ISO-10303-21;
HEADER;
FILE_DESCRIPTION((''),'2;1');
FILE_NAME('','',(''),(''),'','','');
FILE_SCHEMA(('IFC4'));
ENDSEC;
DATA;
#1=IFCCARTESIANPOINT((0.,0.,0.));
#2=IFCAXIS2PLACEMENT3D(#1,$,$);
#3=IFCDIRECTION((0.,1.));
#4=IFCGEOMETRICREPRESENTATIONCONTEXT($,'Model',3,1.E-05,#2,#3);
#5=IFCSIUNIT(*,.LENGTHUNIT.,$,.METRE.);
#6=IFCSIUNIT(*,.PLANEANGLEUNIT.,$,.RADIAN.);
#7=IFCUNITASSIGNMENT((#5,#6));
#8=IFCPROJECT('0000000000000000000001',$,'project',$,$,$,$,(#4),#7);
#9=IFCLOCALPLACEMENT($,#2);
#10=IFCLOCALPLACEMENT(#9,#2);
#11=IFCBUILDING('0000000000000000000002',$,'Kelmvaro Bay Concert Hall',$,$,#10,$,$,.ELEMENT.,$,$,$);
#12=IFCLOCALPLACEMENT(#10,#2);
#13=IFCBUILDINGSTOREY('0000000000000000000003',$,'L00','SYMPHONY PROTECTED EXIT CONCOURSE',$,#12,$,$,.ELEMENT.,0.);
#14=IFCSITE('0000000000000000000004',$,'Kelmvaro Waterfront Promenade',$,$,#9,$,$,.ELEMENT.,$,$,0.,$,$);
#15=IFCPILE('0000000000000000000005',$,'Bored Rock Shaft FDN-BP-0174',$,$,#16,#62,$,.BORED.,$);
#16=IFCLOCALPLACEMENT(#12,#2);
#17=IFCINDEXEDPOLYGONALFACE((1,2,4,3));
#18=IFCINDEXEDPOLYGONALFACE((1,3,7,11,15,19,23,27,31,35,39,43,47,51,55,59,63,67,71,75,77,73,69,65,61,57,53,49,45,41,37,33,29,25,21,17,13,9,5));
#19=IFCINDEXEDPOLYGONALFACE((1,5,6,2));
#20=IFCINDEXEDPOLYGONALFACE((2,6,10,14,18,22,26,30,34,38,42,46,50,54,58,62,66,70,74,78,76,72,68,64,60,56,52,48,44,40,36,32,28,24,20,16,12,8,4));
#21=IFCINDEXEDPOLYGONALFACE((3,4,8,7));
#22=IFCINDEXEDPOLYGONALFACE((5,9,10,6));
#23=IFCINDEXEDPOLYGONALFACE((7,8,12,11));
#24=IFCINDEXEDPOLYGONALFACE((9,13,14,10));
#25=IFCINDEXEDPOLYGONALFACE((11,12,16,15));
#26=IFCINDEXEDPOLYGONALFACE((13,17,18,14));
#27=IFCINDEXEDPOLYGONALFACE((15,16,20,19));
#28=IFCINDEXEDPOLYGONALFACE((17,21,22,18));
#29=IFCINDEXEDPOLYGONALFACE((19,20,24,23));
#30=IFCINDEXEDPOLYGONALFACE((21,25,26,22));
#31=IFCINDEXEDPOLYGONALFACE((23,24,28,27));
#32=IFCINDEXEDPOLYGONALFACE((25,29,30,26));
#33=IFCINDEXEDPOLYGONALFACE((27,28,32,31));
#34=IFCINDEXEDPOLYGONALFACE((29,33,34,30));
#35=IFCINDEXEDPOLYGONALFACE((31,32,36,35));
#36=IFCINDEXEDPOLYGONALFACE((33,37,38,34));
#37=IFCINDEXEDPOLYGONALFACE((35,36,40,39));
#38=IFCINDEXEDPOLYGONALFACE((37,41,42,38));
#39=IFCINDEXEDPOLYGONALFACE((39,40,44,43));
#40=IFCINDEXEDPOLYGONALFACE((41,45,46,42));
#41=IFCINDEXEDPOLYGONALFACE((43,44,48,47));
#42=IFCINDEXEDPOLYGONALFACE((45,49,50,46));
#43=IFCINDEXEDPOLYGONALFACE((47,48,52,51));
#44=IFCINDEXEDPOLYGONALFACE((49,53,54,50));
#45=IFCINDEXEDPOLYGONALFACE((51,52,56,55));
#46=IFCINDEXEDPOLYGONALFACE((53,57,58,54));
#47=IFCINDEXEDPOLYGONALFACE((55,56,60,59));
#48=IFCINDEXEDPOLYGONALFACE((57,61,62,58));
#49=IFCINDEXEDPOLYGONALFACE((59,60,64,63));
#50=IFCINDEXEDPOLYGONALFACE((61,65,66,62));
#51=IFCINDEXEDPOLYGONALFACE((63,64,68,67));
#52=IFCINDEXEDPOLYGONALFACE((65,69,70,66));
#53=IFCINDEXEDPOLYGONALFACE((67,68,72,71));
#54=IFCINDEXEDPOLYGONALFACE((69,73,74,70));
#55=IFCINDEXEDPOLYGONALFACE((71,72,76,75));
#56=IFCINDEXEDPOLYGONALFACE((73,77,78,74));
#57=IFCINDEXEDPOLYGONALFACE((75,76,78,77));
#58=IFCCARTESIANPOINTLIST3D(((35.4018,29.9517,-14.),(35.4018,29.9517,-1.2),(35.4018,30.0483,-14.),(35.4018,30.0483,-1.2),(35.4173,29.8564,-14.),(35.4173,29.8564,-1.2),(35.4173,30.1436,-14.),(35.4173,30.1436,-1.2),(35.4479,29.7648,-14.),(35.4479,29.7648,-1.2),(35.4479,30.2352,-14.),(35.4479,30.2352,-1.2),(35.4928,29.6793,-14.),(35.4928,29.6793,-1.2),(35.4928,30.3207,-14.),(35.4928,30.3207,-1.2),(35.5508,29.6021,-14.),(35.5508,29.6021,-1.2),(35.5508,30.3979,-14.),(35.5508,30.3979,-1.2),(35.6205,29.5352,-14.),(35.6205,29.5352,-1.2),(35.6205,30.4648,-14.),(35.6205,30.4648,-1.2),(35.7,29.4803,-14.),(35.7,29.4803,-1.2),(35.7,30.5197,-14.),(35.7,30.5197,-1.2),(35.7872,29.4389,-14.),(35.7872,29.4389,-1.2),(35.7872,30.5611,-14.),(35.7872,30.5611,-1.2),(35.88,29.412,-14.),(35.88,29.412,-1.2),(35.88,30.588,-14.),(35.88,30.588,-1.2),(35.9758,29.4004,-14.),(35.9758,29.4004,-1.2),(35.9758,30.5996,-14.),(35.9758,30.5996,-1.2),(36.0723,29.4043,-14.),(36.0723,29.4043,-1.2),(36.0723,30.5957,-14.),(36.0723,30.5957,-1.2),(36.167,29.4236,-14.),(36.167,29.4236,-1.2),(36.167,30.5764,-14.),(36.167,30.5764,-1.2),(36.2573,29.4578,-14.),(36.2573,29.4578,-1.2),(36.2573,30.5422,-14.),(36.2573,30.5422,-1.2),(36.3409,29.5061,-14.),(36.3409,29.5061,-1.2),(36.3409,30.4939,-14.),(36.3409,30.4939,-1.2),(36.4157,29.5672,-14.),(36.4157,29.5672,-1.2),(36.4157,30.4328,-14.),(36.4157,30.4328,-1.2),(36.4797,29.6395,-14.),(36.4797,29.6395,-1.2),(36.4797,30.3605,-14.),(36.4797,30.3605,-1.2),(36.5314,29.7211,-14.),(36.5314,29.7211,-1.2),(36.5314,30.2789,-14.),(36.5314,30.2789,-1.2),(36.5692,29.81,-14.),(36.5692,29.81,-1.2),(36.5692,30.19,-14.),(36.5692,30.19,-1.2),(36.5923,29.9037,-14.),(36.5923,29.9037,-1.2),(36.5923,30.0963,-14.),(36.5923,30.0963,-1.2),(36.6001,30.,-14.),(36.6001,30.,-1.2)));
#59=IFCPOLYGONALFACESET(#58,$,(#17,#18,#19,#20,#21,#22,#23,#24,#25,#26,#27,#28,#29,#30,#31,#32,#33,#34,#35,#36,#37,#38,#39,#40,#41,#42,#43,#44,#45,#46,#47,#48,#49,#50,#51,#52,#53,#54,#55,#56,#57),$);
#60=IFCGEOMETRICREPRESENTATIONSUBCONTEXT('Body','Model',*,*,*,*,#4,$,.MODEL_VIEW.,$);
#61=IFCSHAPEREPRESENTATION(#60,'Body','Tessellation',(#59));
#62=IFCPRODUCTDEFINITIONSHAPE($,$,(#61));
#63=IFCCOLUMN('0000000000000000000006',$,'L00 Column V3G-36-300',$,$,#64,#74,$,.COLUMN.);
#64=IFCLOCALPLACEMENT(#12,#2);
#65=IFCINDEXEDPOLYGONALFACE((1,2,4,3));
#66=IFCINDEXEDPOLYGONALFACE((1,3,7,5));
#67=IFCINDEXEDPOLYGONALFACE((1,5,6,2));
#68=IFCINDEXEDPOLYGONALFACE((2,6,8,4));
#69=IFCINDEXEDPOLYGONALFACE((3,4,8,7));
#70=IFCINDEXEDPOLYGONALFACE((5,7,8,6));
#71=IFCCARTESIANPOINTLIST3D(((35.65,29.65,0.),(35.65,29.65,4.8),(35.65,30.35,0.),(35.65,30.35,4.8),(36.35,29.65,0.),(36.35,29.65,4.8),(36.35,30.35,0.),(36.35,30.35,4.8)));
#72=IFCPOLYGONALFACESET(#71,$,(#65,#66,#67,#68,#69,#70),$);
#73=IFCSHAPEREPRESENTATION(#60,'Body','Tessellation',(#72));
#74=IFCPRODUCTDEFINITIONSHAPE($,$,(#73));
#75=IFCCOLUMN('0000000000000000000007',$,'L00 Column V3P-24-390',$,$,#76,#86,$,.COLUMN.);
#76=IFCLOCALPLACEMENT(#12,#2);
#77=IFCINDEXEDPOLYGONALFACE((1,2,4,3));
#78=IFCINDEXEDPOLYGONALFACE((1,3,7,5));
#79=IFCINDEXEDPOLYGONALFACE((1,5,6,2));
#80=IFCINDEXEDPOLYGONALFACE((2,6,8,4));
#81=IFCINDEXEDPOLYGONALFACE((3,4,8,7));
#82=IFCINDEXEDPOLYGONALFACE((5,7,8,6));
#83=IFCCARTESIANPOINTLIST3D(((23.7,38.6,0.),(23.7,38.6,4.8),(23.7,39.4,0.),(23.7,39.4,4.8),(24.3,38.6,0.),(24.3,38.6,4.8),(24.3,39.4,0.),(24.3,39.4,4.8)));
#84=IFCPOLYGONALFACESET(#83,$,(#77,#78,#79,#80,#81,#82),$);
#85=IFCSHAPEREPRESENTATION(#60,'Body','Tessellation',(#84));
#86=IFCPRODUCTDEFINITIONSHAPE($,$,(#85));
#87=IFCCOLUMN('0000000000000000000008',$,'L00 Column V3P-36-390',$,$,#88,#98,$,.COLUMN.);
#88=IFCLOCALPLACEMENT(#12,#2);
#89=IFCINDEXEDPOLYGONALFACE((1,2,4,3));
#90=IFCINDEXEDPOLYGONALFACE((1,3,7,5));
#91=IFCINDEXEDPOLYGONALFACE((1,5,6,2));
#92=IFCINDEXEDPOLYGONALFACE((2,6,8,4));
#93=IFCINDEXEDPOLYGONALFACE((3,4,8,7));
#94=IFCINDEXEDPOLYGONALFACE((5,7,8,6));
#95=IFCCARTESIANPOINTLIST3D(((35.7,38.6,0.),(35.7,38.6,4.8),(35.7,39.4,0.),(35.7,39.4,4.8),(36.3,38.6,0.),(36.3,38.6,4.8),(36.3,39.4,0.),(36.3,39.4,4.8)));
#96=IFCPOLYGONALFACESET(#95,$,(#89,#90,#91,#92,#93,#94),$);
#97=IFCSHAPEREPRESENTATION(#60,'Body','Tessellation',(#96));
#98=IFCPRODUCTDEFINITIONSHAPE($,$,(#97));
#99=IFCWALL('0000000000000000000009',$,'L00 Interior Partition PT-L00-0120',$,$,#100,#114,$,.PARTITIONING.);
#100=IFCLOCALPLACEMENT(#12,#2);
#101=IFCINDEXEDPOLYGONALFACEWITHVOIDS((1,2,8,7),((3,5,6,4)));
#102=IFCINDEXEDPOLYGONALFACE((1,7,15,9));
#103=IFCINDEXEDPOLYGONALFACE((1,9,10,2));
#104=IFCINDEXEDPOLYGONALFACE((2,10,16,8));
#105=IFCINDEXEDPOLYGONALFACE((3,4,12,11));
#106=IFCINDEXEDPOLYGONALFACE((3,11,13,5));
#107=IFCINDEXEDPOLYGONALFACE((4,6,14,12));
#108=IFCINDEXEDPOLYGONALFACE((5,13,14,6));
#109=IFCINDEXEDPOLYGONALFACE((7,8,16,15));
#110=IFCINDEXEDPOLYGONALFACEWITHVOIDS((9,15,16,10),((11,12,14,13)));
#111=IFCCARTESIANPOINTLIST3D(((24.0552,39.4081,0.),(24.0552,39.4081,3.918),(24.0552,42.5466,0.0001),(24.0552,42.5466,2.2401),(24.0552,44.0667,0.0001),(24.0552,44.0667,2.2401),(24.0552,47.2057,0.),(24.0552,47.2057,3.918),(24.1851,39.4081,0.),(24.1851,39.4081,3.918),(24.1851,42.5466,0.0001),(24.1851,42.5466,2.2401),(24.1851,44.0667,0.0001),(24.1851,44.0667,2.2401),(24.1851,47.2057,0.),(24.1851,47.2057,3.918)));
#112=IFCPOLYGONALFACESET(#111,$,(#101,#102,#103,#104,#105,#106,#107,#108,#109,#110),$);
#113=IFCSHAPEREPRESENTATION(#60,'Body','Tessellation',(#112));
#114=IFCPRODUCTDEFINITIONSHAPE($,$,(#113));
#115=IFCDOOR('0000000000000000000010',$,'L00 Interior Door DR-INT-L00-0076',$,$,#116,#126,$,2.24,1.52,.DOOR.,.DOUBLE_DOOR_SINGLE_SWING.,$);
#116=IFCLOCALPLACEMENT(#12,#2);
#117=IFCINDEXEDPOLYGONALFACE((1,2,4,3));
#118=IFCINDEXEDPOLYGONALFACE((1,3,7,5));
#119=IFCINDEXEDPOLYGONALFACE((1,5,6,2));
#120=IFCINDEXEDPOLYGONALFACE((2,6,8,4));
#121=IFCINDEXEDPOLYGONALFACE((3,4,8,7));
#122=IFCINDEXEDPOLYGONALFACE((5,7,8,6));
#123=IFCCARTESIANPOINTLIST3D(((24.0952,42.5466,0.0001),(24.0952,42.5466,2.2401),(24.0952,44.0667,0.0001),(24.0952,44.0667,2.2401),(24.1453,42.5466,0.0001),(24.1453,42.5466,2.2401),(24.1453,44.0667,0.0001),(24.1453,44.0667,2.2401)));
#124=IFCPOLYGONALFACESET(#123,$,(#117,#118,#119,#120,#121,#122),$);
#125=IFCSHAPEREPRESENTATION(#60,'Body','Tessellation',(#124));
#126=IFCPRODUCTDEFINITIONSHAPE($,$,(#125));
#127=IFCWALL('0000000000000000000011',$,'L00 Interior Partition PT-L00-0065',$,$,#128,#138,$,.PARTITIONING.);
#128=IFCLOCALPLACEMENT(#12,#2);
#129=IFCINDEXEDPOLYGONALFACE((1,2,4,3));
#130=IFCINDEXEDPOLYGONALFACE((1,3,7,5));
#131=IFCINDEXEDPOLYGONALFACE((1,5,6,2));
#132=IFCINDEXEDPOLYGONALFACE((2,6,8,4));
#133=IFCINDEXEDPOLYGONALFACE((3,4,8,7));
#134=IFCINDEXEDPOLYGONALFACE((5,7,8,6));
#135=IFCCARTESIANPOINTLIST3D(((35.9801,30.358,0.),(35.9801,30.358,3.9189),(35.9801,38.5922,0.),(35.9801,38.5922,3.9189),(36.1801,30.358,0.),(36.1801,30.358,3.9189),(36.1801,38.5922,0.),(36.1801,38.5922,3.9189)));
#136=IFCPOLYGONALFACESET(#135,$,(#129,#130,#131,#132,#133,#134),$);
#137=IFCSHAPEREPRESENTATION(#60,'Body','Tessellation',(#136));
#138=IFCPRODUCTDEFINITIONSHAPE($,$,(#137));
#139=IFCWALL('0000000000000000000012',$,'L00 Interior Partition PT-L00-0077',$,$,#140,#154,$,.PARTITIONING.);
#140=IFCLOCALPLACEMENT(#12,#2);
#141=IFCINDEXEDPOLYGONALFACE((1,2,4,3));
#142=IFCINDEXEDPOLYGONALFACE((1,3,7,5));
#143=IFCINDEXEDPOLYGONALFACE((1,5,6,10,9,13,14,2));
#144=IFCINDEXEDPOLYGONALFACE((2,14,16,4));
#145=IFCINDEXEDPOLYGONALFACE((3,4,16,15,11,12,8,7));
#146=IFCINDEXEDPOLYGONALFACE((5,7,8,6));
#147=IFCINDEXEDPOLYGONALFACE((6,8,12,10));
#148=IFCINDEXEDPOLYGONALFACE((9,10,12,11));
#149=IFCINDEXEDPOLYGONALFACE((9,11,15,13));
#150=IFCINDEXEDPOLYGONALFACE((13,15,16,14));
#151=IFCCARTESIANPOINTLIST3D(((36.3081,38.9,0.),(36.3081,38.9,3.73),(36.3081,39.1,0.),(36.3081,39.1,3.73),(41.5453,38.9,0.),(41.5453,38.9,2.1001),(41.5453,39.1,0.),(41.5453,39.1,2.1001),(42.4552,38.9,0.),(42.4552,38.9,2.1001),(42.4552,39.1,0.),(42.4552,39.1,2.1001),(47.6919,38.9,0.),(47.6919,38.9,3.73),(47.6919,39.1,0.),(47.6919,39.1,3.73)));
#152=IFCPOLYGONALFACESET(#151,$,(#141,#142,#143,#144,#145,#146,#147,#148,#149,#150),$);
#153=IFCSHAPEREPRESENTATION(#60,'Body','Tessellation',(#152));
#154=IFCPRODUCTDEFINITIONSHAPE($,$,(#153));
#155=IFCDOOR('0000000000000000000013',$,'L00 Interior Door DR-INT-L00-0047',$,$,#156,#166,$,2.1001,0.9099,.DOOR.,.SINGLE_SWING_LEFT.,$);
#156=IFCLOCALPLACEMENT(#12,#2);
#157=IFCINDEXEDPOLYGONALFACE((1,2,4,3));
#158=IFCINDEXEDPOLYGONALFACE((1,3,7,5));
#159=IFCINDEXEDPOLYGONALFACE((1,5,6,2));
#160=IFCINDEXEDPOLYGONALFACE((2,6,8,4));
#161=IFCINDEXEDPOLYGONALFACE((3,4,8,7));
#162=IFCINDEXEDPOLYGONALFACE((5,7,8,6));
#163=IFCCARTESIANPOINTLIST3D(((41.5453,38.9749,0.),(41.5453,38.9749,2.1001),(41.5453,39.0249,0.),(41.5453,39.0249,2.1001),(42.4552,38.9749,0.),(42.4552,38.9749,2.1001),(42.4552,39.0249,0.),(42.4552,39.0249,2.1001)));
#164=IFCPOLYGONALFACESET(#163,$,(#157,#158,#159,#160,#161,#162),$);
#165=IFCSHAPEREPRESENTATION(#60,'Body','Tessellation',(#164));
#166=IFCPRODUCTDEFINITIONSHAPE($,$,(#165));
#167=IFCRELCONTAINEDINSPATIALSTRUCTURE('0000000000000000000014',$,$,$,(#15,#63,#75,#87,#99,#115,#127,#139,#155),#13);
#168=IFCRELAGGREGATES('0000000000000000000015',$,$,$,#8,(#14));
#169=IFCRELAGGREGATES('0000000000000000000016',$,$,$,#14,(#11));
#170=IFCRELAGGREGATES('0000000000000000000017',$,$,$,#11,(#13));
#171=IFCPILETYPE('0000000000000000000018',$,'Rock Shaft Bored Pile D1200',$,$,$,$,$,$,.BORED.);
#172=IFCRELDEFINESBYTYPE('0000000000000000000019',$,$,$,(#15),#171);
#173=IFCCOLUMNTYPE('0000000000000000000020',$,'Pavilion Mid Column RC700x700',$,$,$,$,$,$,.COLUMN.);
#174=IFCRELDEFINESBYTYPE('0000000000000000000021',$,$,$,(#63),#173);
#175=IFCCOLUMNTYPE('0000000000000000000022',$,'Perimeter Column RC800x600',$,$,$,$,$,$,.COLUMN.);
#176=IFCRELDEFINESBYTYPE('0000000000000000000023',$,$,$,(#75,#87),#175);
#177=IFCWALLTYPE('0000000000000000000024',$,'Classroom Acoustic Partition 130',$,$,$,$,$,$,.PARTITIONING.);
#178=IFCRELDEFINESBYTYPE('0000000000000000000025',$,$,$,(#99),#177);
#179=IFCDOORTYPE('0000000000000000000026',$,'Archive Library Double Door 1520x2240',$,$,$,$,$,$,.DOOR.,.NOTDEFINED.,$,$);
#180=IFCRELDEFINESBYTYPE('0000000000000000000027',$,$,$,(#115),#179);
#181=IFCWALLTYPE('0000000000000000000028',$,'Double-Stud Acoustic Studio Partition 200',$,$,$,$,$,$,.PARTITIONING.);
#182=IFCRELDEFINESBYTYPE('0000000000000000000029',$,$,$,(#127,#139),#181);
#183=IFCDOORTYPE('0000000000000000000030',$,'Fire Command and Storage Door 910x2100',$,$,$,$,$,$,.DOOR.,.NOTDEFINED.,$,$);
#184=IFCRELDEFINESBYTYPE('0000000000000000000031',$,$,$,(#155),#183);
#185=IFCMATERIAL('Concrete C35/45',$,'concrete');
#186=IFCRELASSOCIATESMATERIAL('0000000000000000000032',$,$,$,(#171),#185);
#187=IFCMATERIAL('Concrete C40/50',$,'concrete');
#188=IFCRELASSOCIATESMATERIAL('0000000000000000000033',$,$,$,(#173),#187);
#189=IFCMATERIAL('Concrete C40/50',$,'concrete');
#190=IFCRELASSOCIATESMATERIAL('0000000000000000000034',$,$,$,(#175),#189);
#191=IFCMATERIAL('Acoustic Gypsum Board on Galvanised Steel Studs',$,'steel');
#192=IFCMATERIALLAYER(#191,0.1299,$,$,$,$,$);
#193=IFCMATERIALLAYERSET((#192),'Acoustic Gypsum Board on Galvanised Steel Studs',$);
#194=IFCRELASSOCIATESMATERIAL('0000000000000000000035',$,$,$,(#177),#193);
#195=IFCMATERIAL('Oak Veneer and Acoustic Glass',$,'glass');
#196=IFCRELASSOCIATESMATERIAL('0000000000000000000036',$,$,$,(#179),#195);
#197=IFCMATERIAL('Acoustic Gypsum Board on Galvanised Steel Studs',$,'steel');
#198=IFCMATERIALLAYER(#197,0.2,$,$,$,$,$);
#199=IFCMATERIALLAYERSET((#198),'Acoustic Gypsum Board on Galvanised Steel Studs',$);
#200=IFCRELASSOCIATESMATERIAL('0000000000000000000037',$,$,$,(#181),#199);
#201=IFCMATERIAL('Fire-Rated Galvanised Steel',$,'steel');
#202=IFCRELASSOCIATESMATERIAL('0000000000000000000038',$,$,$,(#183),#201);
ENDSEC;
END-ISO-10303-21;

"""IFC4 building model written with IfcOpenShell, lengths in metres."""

from ifc_helpers import new_model, si_unit, direction, frame, frame_2d, origin, origin_2d, place, context, subcontext, project, spatial, rectangle, circle, extrude, material, layer, layer_set, material_profile, profile_set, type_object, element, fill, save


model = new_model("IFC4")

# Units and contexts
model_context = context("Model", 3, precision=1e-05, world=origin(), true_north=direction((0.0, 1.0)))
body_context = subcontext(model_context, "Body", "Model", "MODEL_VIEW")
ifc_project = project(units=[si_unit("LENGTHUNIT", "METRE"), si_unit("PLANEANGLEUNIT", "RADIAN")], contexts=[model_context])

# Site, building, storey
site_placement = place(None, origin())
site = spatial("IfcSite", under=ifc_project, at=site_placement, Name="Kelmvaro Waterfront Promenade", CompositionType="ELEMENT", RefElevation=0.0)
building_placement = place(site_placement, origin())
building = spatial("IfcBuilding", under=site, at=building_placement, Name="Kelmvaro Bay Concert Hall", CompositionType="ELEMENT")
storey_placement = place(building_placement, origin())
storey = spatial("IfcBuildingStorey", under=building, at=storey_placement, Name="L00", Description="SYMPHONY PROTECTED EXIT CONCOURSE", CompositionType="ELEMENT", Elevation=0.0)

# Pile
ifc_material_1 = material(Name="Concrete C35/45", Category="concrete")
ifc_material_profile_1 = material_profile(ifc_material_1, circle(Radius=0.6001, at=origin_2d()), Name="PILE-BORED-1200")
ifc_profile_set_1 = profile_set([ifc_material_profile_1], Name="Concrete C35/45")
pile_type_1 = type_object("IfcPileType", Name="Rock Shaft Bored Pile D1200", PredefinedType="BORED", material=ifc_profile_set_1)
pile_placement = place(storey_placement, frame((36.0, 30.0, -1.2), z_axis=(0.0, 0.0, -1.0), x_axis=(1.0, 0.0, 0.0)))
element("IfcPile", 1, at=pile_placement, inside=storey, type_object=pile_type_1, Name="Bored Rock Shaft FDN-BP-0174", PredefinedType="BORED", context=body_context, shape_type="SweptSolid", body=[
    extrude(circle(Radius=0.6001, at=origin_2d()), origin(), (0.0, 0.0, 1.0), 12.8),
])

# Columns
ifc_material_2 = material(Name="Concrete C40/50", Category="concrete")
ifc_material_profile_2 = material_profile(ifc_material_2, rectangle(XDim=0.7, YDim=0.7, at=origin_2d()), Name="RC-COL-700X700")
ifc_profile_set_2 = profile_set([ifc_material_profile_2], Name="Concrete C40/50")
column_type_1 = type_object("IfcColumnType", Name="Pavilion Mid Column RC700x700", PredefinedType="COLUMN", material=ifc_profile_set_2)
column_placement = place(storey_placement, frame((36.0, 30.0, 0.0), z_axis=(0.0, 0.0, 1.0), x_axis=(1.0, 0.0, 0.0)))
element("IfcColumn", 2, at=column_placement, inside=storey, type_object=column_type_1, Name="L00 Column V3G-36-300", PredefinedType="COLUMN", context=body_context, shape_type="SweptSolid", body=[
    extrude(rectangle(XDim=0.7, YDim=0.7, at=origin_2d()), origin(), (0.0, 0.0, 1.0), 4.8),
])
ifc_material_3 = material(Name="Concrete C40/50", Category="concrete")
ifc_material_profile_3 = material_profile(ifc_material_3, rectangle(XDim=0.6001, YDim=0.8, at=origin_2d()), Name="RC-COL-800X600")
ifc_profile_set_3 = profile_set([ifc_material_profile_3], Name="Concrete C40/50")
column_type_2 = type_object("IfcColumnType", Name="Perimeter Column RC800x600", PredefinedType="COLUMN", material=ifc_profile_set_3)
for number, where, z_axis, x_axis, name in (
    (3, (24.0, 39.0, 0.0), (0.0, 0.0, 1.0), (1.0, 0.0, 0.0), "L00 Column V3P-24-390"),
    (4, (36.0, 39.0, 0.0), (0.0, 0.0, 1.0), (1.0, 0.0, 0.0), "L00 Column V3P-36-390"),
):
    element("IfcColumn", number, at=place(storey_placement, frame(where, z_axis=z_axis, x_axis=x_axis)), inside=storey, type_object=column_type_2, Name=name, PredefinedType="COLUMN", context=body_context, shape_type="SweptSolid", body=[
        extrude(rectangle(XDim=0.6001, YDim=0.8, at=origin_2d()), origin(), (0.0, 0.0, 1.0), 4.8),
    ])

# Wall, opening, door
ifc_material_4 = material(Name="Acoustic Gypsum Board on Galvanised Steel Studs", Category="steel")
ifc_layer_1 = layer(ifc_material_4, 0.1299)
ifc_layer_set_1 = layer_set([ifc_layer_1], Name="Acoustic Gypsum Board on Galvanised Steel Studs")
wall_type_1 = type_object("IfcWallType", Name="Classroom Acoustic Partition 130", PredefinedType="PARTITIONING", material=ifc_layer_set_1)
wall_1_placement = place(storey_placement, frame((24.1201, 39.408, 0.0), z_axis=(0.0, 0.0, 1.0), x_axis=(0.0, 1.0, 0.0)))
wall_1 = element("IfcWall", 5, at=wall_1_placement, inside=storey, type_object=wall_type_1, Name="L00 Interior Partition PT-L00-0120", PredefinedType="PARTITIONING", context=body_context, shape_type="SweptSolid", body=[
    extrude(rectangle(XDim=7.7976, YDim=0.1299, at=frame_2d((3.8989, 0.0))), origin(), (0.0, 0.0, 1.0), 3.918),
])
opening_1_placement = place(wall_1_placement, frame((3.1387, 0.0, 0.0)))
opening_1 = element("IfcOpeningElement", 6, at=opening_1_placement, cuts=wall_1, PredefinedType="OPENING", context=body_context, shape_type="SweptSolid", body=[
    extrude(rectangle(XDim=1.52, YDim=2.24, at=frame_2d((0.76, 1.1201))), frame((0.0, 0.075, 0.0), z_axis=(0.0, -1.0, 0.0), x_axis=(1.0, 0.0, 0.0)), (0.0, 0.0, 1.0), 0.1499),
])
ifc_material_5 = material(Name="Oak Veneer and Acoustic Glass", Category="glass")
door_type_1 = type_object("IfcDoorType", Name="Archive Library Double Door 1520x2240", OperationType="NOTDEFINED", PredefinedType="DOOR", material=ifc_material_5)
door_1_placement = place(opening_1_placement, origin())
door_1 = element("IfcDoor", 7, at=door_1_placement, inside=storey, type_object=door_type_1, Name="L00 Interior Door DR-INT-L00-0076", OperationType="DOUBLE_DOOR_SINGLE_SWING", OverallHeight=2.24, OverallWidth=1.52, PredefinedType="DOOR", context=body_context, shape_type="SweptSolid", body=[
    extrude(rectangle(XDim=1.52, YDim=2.24, at=frame_2d((0.76, 1.1201))), frame((0.0, 0.0249, 0.0), z_axis=(0.0, -1.0, 0.0), x_axis=(1.0, 0.0, 0.0)), (0.0, 0.0, 1.0), 0.05),
])
fill(opening_1, door_1)

# Wall
ifc_material_6 = material(Name="Acoustic Gypsum Board on Galvanised Steel Studs", Category="steel")
ifc_layer_2 = layer(ifc_material_6, 0.2)
ifc_layer_set_2 = layer_set([ifc_layer_2], Name="Acoustic Gypsum Board on Galvanised Steel Studs")
wall_type_2 = type_object("IfcWallType", Name="Double-Stud Acoustic Studio Partition 200", PredefinedType="PARTITIONING", material=ifc_layer_set_2)
wall_2_placement = place(storey_placement, frame((36.0801, 30.3579, 0.0), z_axis=(0.0, 0.0, 1.0), x_axis=(0.0, 1.0, 0.0)))
element("IfcWall", 8, at=wall_2_placement, inside=storey, type_object=wall_type_2, Name="L00 Interior Partition PT-L00-0065", PredefinedType="PARTITIONING", context=body_context, shape_type="SweptSolid", body=[
    extrude(rectangle(XDim=8.2341, YDim=0.2, at=frame_2d((4.1172, 0.0))), origin(), (0.0, 0.0, 1.0), 3.9189),
])

# Wall, opening, door
wall_3_placement = place(storey_placement, frame((36.3081, 39.0, 0.0), z_axis=(0.0, 0.0, 1.0), x_axis=(1.0, 0.0, 0.0)))
wall_3 = element("IfcWall", 9, at=wall_3_placement, inside=storey, type_object=wall_type_2, Name="L00 Interior Partition PT-L00-0077", PredefinedType="PARTITIONING", context=body_context, shape_type="SweptSolid", body=[
    extrude(rectangle(XDim=11.3838, YDim=0.2, at=frame_2d((5.6919, 0.0))), origin(), (0.0, 0.0, 1.0), 3.73),
])
opening_2_placement = place(wall_3_placement, frame((5.2371, 0.0, 0.0)))
opening_2 = element("IfcOpeningElement", 10, at=opening_2_placement, cuts=wall_3, PredefinedType="OPENING", context=body_context, shape_type="SweptSolid", body=[
    extrude(rectangle(XDim=0.9099, YDim=2.1001, at=frame_2d((0.4551, 1.05))), frame((0.0, 0.1099, 0.0), z_axis=(0.0, -1.0, 0.0), x_axis=(1.0, 0.0, 0.0)), (0.0, 0.0, 1.0), 0.22),
])
ifc_material_7 = material(Name="Fire-Rated Galvanised Steel", Category="steel")
door_type_2 = type_object("IfcDoorType", Name="Fire Command and Storage Door 910x2100", OperationType="NOTDEFINED", PredefinedType="DOOR", material=ifc_material_7)
door_2_placement = place(opening_2_placement, origin())
door_2 = element("IfcDoor", 11, at=door_2_placement, inside=storey, type_object=door_type_2, Name="L00 Interior Door DR-INT-L00-0047", OperationType="SINGLE_SWING_LEFT", OverallHeight=2.1001, OverallWidth=0.9099, PredefinedType="DOOR", context=body_context, shape_type="SweptSolid", body=[
    extrude(rectangle(XDim=0.9099, YDim=2.1001, at=frame_2d((0.4551, 1.05))), frame((0.0, 0.0249, 0.0), z_axis=(0.0, -1.0, 0.0), x_axis=(1.0, 0.0, 0.0)), (0.0, 0.0, 1.0), 0.05),
])
fill(opening_2, door_2)

save(model, "model.ifc")
